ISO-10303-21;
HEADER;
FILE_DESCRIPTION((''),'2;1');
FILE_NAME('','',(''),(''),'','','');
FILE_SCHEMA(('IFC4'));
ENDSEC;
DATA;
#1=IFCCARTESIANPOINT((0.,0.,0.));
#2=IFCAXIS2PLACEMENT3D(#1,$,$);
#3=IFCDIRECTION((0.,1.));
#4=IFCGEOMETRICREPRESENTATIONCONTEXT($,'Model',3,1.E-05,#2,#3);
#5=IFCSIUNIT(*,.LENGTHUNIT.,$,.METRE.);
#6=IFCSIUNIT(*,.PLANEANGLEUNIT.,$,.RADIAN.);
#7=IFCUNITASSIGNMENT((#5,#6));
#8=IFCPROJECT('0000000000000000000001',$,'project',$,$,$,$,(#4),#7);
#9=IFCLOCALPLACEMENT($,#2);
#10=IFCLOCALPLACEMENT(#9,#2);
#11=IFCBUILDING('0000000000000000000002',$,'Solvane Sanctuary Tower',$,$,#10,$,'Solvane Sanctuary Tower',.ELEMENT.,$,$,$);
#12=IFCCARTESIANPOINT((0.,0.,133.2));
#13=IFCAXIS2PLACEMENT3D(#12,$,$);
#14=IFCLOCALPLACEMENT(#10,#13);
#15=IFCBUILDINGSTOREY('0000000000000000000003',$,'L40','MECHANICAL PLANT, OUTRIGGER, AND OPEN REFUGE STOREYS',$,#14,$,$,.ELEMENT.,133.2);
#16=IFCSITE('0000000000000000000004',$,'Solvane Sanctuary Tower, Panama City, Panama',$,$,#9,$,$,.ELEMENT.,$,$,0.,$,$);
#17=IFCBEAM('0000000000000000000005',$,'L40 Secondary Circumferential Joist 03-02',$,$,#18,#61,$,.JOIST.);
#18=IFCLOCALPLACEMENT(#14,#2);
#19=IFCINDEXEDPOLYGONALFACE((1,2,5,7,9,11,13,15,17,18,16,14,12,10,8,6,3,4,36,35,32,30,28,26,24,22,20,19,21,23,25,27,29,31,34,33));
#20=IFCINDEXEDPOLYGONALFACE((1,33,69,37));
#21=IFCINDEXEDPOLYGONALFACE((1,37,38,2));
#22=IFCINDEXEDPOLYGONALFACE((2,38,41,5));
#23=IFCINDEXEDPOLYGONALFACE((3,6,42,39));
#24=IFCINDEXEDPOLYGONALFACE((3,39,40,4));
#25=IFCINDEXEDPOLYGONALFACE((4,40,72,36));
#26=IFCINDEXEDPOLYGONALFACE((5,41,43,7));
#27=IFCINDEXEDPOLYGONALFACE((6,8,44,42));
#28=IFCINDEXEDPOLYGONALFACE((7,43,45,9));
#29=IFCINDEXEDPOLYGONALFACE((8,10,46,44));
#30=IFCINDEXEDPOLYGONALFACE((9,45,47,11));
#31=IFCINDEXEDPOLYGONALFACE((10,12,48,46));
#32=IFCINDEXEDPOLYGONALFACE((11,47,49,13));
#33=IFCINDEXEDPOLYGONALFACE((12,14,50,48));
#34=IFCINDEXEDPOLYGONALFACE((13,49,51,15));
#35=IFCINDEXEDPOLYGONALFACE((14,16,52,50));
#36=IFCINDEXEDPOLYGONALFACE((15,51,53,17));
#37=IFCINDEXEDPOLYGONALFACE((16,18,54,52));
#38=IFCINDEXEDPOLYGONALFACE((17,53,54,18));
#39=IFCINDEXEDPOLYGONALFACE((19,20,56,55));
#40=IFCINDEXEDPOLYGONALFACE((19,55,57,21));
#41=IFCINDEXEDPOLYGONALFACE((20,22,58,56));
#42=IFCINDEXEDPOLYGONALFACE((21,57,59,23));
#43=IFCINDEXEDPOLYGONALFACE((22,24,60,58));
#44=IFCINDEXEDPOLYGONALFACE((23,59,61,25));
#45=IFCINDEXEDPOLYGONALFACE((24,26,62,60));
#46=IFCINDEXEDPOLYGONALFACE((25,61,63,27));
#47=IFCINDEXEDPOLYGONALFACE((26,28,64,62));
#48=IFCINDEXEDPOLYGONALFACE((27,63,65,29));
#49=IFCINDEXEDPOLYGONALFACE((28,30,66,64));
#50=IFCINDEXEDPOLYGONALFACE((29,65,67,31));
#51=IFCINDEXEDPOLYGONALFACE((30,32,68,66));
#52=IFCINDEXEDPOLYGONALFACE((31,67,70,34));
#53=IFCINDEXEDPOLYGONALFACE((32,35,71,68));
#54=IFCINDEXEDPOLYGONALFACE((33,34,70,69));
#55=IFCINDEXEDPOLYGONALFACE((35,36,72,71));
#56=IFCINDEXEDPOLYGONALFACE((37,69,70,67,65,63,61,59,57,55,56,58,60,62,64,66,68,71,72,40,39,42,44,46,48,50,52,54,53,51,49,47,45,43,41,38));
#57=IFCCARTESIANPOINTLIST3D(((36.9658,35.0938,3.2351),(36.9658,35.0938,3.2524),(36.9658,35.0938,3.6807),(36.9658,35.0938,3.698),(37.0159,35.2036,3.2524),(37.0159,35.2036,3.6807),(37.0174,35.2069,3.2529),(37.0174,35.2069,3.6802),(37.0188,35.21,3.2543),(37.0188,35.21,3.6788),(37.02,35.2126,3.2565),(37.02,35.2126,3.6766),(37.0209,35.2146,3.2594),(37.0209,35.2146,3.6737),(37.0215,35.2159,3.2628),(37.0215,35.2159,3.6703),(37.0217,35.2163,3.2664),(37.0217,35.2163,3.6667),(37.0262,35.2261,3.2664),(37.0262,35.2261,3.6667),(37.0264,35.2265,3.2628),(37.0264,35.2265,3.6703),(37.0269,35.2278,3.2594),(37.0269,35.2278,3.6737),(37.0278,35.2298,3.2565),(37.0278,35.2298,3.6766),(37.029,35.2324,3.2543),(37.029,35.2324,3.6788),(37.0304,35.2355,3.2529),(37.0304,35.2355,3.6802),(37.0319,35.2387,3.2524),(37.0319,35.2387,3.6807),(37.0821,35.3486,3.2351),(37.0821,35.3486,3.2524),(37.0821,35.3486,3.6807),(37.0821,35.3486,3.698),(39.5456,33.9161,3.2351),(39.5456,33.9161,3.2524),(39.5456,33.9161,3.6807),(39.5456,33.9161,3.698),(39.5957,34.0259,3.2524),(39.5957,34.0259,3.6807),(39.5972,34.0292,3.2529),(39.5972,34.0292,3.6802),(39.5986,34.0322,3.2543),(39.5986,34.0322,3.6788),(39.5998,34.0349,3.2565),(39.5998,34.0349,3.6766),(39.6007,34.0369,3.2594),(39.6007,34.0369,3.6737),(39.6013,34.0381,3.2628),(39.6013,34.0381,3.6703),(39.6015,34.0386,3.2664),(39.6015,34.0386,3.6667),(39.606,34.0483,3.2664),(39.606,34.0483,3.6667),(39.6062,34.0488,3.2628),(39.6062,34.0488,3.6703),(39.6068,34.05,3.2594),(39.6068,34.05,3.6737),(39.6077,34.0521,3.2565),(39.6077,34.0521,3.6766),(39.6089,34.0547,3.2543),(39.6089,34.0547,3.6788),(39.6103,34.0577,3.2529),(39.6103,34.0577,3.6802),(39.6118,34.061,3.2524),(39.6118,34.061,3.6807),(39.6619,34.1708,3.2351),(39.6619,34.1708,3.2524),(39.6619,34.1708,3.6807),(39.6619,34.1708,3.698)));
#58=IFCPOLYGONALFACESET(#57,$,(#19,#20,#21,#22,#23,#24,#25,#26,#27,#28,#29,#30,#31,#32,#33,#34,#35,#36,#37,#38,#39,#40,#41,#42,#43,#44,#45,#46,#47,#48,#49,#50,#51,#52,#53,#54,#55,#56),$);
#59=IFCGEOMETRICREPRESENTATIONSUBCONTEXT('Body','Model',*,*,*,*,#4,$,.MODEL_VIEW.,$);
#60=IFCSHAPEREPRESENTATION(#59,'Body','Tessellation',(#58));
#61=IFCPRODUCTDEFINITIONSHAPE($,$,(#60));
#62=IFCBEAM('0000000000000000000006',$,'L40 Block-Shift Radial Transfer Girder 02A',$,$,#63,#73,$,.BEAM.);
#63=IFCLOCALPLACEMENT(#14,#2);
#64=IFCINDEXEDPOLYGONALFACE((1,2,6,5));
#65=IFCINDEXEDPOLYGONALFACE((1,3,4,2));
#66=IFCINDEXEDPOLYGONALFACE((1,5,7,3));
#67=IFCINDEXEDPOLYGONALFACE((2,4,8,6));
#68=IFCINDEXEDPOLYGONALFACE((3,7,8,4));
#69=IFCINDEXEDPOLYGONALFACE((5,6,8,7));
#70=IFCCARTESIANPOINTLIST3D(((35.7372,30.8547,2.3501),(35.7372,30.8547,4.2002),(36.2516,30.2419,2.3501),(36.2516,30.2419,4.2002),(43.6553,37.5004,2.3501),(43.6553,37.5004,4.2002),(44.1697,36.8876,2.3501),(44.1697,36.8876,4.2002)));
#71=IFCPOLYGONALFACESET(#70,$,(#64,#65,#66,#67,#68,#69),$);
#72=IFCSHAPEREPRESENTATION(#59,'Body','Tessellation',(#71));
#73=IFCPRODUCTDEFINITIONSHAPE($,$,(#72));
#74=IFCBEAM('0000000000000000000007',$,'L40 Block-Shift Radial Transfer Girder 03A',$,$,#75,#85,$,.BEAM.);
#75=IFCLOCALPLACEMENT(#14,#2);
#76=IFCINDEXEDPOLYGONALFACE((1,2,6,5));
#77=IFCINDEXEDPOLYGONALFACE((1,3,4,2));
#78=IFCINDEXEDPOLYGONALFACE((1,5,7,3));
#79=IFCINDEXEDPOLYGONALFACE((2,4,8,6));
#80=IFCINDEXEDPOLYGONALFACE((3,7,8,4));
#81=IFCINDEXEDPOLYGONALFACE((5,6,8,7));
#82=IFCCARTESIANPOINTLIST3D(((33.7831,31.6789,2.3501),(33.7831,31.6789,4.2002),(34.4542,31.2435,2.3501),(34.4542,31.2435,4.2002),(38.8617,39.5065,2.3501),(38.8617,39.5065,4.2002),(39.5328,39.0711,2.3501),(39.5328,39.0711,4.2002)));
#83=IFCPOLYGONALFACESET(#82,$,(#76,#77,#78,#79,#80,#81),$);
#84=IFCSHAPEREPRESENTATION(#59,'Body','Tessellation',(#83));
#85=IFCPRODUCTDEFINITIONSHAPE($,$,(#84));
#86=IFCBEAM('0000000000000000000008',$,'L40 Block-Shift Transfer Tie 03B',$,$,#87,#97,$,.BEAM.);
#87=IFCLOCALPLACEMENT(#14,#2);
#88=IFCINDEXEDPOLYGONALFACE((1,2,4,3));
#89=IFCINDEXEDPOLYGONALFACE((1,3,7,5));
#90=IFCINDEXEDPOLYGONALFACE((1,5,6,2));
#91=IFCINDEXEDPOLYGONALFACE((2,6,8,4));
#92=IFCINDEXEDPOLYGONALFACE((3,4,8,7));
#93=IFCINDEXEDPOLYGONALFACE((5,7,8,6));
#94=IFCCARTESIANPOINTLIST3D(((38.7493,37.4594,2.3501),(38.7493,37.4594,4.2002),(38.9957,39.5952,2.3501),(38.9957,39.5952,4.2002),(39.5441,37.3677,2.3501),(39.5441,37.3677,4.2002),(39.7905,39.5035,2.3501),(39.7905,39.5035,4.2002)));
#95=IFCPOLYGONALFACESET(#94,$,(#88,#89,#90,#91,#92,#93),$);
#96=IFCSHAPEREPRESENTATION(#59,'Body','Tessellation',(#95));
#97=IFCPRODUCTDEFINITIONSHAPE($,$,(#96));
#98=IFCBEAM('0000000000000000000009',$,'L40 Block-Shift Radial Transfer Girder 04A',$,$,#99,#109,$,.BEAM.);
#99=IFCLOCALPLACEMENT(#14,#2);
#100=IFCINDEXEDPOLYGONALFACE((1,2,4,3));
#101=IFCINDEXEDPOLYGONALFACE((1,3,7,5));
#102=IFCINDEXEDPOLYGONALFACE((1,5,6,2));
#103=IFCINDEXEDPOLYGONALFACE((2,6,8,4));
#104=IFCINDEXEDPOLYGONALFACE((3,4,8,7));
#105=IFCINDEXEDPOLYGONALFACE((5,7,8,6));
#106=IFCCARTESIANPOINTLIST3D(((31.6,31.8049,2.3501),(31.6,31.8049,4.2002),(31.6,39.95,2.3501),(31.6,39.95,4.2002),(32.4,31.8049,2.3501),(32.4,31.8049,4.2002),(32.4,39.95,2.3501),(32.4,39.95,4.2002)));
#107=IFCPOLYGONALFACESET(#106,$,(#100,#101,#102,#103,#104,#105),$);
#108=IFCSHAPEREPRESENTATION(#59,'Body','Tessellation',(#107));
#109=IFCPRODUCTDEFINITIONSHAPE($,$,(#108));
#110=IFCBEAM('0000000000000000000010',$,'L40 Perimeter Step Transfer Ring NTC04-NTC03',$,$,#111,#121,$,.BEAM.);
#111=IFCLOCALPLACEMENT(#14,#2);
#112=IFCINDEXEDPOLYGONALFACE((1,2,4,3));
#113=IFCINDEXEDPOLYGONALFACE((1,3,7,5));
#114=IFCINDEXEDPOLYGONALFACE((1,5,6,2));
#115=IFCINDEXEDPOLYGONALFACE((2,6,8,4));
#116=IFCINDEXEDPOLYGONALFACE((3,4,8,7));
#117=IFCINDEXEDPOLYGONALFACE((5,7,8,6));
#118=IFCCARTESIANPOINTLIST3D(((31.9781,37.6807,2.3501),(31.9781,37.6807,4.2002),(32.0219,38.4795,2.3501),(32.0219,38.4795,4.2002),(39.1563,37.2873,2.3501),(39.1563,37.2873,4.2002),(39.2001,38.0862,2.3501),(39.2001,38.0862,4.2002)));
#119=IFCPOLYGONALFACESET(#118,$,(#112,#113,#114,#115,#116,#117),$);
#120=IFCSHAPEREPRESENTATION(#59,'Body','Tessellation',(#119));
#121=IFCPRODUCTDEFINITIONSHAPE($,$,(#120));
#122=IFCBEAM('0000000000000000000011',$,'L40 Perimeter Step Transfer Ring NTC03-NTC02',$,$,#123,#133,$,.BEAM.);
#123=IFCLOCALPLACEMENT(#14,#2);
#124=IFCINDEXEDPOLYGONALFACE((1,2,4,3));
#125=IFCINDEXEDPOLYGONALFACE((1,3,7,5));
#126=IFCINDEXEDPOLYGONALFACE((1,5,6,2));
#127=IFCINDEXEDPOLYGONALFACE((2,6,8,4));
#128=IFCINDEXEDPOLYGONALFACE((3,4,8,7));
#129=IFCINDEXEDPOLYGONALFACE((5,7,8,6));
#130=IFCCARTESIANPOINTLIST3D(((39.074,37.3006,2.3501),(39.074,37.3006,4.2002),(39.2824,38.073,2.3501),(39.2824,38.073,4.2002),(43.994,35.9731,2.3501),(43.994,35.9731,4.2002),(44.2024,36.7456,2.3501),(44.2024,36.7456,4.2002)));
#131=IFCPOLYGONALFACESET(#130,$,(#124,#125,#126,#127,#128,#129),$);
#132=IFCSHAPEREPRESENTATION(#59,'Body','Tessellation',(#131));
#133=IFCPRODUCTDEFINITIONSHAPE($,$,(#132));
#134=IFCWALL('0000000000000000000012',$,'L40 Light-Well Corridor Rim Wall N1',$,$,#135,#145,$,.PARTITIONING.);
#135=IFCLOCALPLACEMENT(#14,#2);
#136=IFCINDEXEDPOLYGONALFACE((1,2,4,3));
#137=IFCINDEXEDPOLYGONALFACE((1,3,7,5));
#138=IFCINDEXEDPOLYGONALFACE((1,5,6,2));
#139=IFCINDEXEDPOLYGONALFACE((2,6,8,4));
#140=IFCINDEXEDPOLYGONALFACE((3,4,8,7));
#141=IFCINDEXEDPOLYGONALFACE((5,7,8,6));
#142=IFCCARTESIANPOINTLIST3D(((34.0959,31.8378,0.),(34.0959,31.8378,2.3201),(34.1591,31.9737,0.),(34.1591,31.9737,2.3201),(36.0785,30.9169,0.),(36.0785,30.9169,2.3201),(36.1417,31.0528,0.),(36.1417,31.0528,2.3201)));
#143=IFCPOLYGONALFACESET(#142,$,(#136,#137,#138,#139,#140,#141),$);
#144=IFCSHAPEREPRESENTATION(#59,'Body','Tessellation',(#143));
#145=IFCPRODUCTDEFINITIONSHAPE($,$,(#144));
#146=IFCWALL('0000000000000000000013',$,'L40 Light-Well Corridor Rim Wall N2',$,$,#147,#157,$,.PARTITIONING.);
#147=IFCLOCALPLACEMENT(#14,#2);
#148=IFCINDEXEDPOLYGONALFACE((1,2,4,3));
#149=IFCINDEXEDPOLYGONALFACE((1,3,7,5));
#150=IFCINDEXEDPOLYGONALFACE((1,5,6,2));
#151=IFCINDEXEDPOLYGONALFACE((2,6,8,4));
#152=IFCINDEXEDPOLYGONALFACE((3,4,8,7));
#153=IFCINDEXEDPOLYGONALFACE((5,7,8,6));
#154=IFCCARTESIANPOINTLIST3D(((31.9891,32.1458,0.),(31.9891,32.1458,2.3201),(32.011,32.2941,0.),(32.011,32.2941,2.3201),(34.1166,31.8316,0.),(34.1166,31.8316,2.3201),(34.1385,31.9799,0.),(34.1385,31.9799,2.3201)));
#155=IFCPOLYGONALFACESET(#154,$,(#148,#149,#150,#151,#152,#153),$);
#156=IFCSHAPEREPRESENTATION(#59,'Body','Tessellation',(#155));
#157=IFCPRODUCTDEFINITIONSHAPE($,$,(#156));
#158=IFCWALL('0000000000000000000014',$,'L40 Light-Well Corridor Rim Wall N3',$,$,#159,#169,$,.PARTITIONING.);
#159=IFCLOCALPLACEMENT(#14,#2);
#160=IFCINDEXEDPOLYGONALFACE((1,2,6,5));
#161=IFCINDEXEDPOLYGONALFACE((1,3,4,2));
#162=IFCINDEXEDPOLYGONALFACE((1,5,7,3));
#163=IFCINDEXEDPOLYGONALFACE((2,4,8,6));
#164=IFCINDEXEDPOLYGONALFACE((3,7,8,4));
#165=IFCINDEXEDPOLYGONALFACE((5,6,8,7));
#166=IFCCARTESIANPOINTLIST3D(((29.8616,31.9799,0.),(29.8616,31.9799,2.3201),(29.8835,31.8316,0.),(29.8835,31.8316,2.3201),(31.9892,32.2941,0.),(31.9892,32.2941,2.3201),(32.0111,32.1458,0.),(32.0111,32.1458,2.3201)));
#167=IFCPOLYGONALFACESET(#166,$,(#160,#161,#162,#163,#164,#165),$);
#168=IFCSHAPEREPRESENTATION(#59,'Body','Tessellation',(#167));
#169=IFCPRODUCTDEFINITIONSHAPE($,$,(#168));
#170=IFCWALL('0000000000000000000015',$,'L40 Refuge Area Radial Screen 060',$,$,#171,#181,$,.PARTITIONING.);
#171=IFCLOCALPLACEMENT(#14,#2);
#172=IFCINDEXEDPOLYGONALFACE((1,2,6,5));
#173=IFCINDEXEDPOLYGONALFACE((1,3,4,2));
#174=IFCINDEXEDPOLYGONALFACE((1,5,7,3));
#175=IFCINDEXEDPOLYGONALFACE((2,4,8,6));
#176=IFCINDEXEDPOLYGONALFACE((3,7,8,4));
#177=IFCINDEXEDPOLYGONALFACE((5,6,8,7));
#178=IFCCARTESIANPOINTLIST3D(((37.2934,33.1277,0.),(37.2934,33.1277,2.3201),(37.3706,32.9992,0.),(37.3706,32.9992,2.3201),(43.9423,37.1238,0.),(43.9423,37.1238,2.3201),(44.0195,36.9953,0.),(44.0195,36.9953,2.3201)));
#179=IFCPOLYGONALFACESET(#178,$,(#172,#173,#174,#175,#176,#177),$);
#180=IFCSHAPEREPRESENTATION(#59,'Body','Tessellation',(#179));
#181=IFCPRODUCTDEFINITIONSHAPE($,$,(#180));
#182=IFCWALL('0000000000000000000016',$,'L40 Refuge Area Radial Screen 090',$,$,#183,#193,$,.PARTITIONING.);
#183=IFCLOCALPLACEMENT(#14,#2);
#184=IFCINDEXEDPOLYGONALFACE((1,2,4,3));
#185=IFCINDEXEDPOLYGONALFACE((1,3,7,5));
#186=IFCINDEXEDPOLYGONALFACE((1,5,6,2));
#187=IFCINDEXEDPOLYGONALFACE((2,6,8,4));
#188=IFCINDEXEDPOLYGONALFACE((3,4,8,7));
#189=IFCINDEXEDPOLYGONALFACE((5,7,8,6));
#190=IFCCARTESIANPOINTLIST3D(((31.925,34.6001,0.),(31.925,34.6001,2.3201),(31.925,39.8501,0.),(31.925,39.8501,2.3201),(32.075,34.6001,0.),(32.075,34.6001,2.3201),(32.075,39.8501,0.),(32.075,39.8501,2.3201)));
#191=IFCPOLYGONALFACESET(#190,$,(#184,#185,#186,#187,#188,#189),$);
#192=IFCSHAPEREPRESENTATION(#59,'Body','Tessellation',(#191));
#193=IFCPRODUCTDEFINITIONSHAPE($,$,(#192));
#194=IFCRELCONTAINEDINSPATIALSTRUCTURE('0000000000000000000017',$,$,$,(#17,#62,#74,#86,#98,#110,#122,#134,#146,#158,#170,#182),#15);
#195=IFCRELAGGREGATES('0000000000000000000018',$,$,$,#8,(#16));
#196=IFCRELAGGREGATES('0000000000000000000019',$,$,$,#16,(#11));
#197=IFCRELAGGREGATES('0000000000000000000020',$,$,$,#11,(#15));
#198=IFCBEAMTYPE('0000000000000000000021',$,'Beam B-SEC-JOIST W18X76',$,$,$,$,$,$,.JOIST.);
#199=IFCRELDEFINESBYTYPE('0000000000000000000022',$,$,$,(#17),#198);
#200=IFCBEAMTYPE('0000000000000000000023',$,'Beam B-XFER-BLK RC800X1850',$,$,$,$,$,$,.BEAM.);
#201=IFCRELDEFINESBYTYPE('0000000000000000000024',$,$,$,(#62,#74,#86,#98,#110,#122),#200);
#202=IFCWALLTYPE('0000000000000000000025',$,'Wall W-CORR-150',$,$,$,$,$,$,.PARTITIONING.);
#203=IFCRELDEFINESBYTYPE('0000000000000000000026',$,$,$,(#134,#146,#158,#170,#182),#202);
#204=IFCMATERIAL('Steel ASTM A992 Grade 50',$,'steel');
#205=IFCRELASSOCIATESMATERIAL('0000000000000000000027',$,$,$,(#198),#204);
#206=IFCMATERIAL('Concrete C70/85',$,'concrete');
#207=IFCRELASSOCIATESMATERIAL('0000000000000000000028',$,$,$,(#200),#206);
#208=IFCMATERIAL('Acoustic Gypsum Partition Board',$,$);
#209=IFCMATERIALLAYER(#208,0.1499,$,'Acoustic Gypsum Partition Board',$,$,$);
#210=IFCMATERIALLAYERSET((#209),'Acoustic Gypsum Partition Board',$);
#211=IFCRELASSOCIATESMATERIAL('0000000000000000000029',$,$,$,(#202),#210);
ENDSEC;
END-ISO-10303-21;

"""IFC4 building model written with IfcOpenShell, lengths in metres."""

from ifc_helpers import new_model, si_unit, direction, frame, frame_2d, origin, origin_2d, place, context, subcontext, project, spatial, rectangle, i_section, extrude, material, layer, layer_set, material_profile, profile_set, type_object, element, save


model = new_model("IFC4")

# Units and contexts
model_context = context("Model", 3, precision=1e-05, world=origin(), true_north=direction((0.0, 1.0)))
body_context = subcontext(model_context, "Body", "Model", "MODEL_VIEW")
ifc_project = project(units=[si_unit("LENGTHUNIT", "METRE"), si_unit("PLANEANGLEUNIT", "RADIAN")], contexts=[model_context])

# Site, building, storey
site_placement = place(None, origin())
site = spatial("IfcSite", under=ifc_project, at=site_placement, Name="Solvane Sanctuary Tower, Panama City, Panama", CompositionType="ELEMENT", RefElevation=0.0)
building_placement = place(site_placement, origin())
building = spatial("IfcBuilding", under=site, at=building_placement, Name="Solvane Sanctuary Tower", LongName="Solvane Sanctuary Tower", CompositionType="ELEMENT")
storey_placement = place(building_placement, frame((0.0, 0.0, 133.2)))
storey = spatial("IfcBuildingStorey", under=building, at=storey_placement, Name="L40", Description="MECHANICAL PLANT, OUTRIGGER, AND OPEN REFUGE STOREYS", CompositionType="ELEMENT", Elevation=133.2)

# Beams
ifc_material_1 = material(Name="Steel ASTM A992 Grade 50", Category="steel")
ifc_material_profile_1 = material_profile(ifc_material_1, i_section(OverallWidth=0.28, OverallDepth=0.4629, WebThickness=0.0107, FlangeThickness=0.0173, FilletRadius=0.0139, at=origin_2d()), Name="W18X76")
ifc_profile_set_1 = profile_set([ifc_material_profile_1], Name="Steel ASTM A992 Grade 50")
beam_type_1 = type_object("IfcBeamType", Name="Beam B-SEC-JOIST W18X76", PredefinedType="JOIST", material=ifc_profile_set_1)
beam_1_placement = place(storey_placement, frame((37.0239, 35.2212, 3.4666), z_axis=(0.90969, -0.415288, 0.0), x_axis=(0.415288, 0.90969, 0.0)))
element("IfcBeam", 1, at=beam_1_placement, inside=storey, type_object=beam_type_1, Name="L40 Secondary Circumferential Joist 03-02", PredefinedType="JOIST", context=body_context, shape_type="SweptSolid", body=[
    extrude(i_section(OverallWidth=0.28, OverallDepth=0.4629, WebThickness=0.0107, FlangeThickness=0.0173, FilletRadius=0.0139, at=origin_2d()), origin(), (0.0, 0.0, 1.0), 2.8359),
])
ifc_material_2 = material(Name="Concrete C70/85", Category="concrete")
ifc_material_profile_2 = material_profile(ifc_material_2, rectangle(XDim=0.8, YDim=1.8501, at=origin_2d()), Name="RC800X1850")
ifc_profile_set_2 = profile_set([ifc_material_profile_2], Name="Concrete C70/85")
beam_type_2 = type_object("IfcBeamType", Name="Beam B-XFER-BLK RC800X1850", PredefinedType="BEAM", material=ifc_profile_set_2)
beam_2_placement = place(storey_placement, frame((35.9944, 30.5483, 3.2751), z_axis=(0.765969, 0.642877, 0.0), x_axis=(-0.642877, 0.765969, 0.0)))
element("IfcBeam", 2, at=beam_2_placement, inside=storey, type_object=beam_type_2, Name="L40 Block-Shift Radial Transfer Girder 02A", PredefinedType="BEAM", context=body_context, shape_type="SweptSolid", body=[
    extrude(rectangle(XDim=0.8, YDim=1.8501, at=origin_2d()), origin(), (0.0, 0.0, 1.0), 10.3374),
])
beam_3_placement = place(storey_placement, frame((34.1187, 31.4612, 3.2751), z_axis=(0.544284, 0.838901, 0.0), x_axis=(-0.838901, 0.544284, 0.0)))
element("IfcBeam", 3, at=beam_3_placement, inside=storey, type_object=beam_type_2, Name="L40 Block-Shift Radial Transfer Girder 03A", PredefinedType="BEAM", context=body_context, shape_type="SweptSolid", body=[
    extrude(rectangle(XDim=0.8, YDim=1.8501, at=origin_2d()), origin(), (0.0, 0.0, 1.0), 9.3308),
])
beam_4_placement = place(storey_placement, frame((39.3931, 39.5493, 3.2751), z_axis=(-0.114581, -0.993414, 0.0), x_axis=(0.993414, -0.114581, 0.0)))
element("IfcBeam", 4, at=beam_4_placement, inside=storey, type_object=beam_type_2, Name="L40 Block-Shift Transfer Tie 03B", PredefinedType="BEAM", context=body_context, shape_type="SweptSolid", body=[
    extrude(rectangle(XDim=0.8, YDim=1.8501, at=origin_2d()), origin(), (0.0, 0.0, 1.0), 2.1499),
])
beam_5_placement = place(storey_placement, frame((32.0, 31.8049, 3.2751), z_axis=(0.0, 1.0, 0.0), x_axis=(-1.0, 0.0, 0.0)))
element("IfcBeam", 5, at=beam_5_placement, inside=storey, type_object=beam_type_2, Name="L40 Block-Shift Radial Transfer Girder 04A", PredefinedType="BEAM", context=body_context, shape_type="SweptSolid", body=[
    extrude(rectangle(XDim=0.8, YDim=1.8501, at=origin_2d()), origin(), (0.0, 0.0, 1.0), 8.145),
])
beam_6_placement = place(storey_placement, frame((32.0, 38.0801, 3.2751), z_axis=(0.998502, -0.05471, 0.0), x_axis=(0.05471, 0.998502, 0.0)))
element("IfcBeam", 6, at=beam_6_placement, inside=storey, type_object=beam_type_2, Name="L40 Perimeter Step Transfer Ring NTC04-NTC03", PredefinedType="BEAM", context=body_context, shape_type="SweptSolid", body=[
    extrude(rectangle(XDim=0.8, YDim=1.8501, at=origin_2d()), origin(), (0.0, 0.0, 1.0), 7.189),
])
beam_7_placement = place(storey_placement, frame((39.1782, 37.6868, 3.2751), z_axis=(0.965478, -0.260485, 0.0), x_axis=(0.260485, 0.965478, 0.0)))
element("IfcBeam", 7, at=beam_7_placement, inside=storey, type_object=beam_type_2, Name="L40 Perimeter Step Transfer Ring NTC03-NTC02", PredefinedType="BEAM", context=body_context, shape_type="SweptSolid", body=[
    extrude(rectangle(XDim=0.8, YDim=1.8501, at=origin_2d()), origin(), (0.0, 0.0, 1.0), 5.0959),
])

# Walls
ifc_material_3 = material(Name="Acoustic Gypsum Partition Board")
ifc_layer = layer(ifc_material_3, 0.1499, Name="Acoustic Gypsum Partition Board")
ifc_layer_set = layer_set([ifc_layer], Name="Acoustic Gypsum Partition Board")
wall_type = type_object("IfcWallType", Name="Wall W-CORR-150", PredefinedType="PARTITIONING", material=ifc_layer_set)
wall_1_placement = place(storey_placement, frame((36.1101, 30.9849, 0.0), z_axis=(0.0, 0.0, 1.0), x_axis=(-0.906943, 0.421252, 0.0)))
element("IfcWall", 8, at=wall_1_placement, inside=storey, type_object=wall_type, Name="L40 Light-Well Corridor Rim Wall N1", PredefinedType="PARTITIONING", context=body_context, shape_type="SweptSolid", body=[
    extrude(rectangle(XDim=2.186, YDim=0.1499, at=frame_2d((1.093, 0.0))), origin(), (0.0, 0.0, 1.0), 2.3201),
])
for number, where, z_axis, x_axis, name in (
    (9, (34.1274, 31.9058, 0.0), (0.0, 0.0, 1.0), (-0.989269, 0.146108, 0.0), "L40 Light-Well Corridor Rim Wall N2"),
    (10, (32.0, 32.22, 0.0), (0.0, 0.0, 1.0), (-0.989269, -0.146108, 0.0), "L40 Light-Well Corridor Rim Wall N3"),
):
    element("IfcWall", number, at=place(storey_placement, frame(where, z_axis=z_axis, x_axis=x_axis)), inside=storey, type_object=wall_type, Name=name, PredefinedType="PARTITIONING", context=body_context, shape_type="SweptSolid", body=[
        extrude(rectangle(XDim=2.1506, YDim=0.1499, at=frame_2d((1.0752, 0.0))), origin(), (0.0, 0.0, 1.0), 2.3201),
    ])
wall_2_placement = place(storey_placement, frame((37.332, 33.0635, 0.0), z_axis=(0.0, 0.0, 1.0), x_axis=(0.857109, 0.515134, 0.0)))
element("IfcWall", 11, at=wall_2_placement, inside=storey, type_object=wall_type, Name="L40 Refuge Area Radial Screen 060", PredefinedType="PARTITIONING", context=body_context, shape_type="SweptSolid", body=[
    extrude(rectangle(XDim=7.7573, YDim=0.1499, at=frame_2d((3.8787, 0.0))), origin(), (0.0, 0.0, 1.0), 2.3201),
])
wall_3_placement = place(storey_placement, frame((32.0, 34.6001, 0.0), z_axis=(0.0, 0.0, 1.0), x_axis=(0.0, 1.0, 0.0)))
element("IfcWall", 12, at=wall_3_placement, inside=storey, type_object=wall_type, Name="L40 Refuge Area Radial Screen 090", PredefinedType="PARTITIONING", context=body_context, shape_type="SweptSolid", body=[
    extrude(rectangle(XDim=5.25, YDim=0.1499, at=frame_2d((2.625, 0.0))), origin(), (0.0, 0.0, 1.0), 2.3201),
])

save(model, "model.ifc")
